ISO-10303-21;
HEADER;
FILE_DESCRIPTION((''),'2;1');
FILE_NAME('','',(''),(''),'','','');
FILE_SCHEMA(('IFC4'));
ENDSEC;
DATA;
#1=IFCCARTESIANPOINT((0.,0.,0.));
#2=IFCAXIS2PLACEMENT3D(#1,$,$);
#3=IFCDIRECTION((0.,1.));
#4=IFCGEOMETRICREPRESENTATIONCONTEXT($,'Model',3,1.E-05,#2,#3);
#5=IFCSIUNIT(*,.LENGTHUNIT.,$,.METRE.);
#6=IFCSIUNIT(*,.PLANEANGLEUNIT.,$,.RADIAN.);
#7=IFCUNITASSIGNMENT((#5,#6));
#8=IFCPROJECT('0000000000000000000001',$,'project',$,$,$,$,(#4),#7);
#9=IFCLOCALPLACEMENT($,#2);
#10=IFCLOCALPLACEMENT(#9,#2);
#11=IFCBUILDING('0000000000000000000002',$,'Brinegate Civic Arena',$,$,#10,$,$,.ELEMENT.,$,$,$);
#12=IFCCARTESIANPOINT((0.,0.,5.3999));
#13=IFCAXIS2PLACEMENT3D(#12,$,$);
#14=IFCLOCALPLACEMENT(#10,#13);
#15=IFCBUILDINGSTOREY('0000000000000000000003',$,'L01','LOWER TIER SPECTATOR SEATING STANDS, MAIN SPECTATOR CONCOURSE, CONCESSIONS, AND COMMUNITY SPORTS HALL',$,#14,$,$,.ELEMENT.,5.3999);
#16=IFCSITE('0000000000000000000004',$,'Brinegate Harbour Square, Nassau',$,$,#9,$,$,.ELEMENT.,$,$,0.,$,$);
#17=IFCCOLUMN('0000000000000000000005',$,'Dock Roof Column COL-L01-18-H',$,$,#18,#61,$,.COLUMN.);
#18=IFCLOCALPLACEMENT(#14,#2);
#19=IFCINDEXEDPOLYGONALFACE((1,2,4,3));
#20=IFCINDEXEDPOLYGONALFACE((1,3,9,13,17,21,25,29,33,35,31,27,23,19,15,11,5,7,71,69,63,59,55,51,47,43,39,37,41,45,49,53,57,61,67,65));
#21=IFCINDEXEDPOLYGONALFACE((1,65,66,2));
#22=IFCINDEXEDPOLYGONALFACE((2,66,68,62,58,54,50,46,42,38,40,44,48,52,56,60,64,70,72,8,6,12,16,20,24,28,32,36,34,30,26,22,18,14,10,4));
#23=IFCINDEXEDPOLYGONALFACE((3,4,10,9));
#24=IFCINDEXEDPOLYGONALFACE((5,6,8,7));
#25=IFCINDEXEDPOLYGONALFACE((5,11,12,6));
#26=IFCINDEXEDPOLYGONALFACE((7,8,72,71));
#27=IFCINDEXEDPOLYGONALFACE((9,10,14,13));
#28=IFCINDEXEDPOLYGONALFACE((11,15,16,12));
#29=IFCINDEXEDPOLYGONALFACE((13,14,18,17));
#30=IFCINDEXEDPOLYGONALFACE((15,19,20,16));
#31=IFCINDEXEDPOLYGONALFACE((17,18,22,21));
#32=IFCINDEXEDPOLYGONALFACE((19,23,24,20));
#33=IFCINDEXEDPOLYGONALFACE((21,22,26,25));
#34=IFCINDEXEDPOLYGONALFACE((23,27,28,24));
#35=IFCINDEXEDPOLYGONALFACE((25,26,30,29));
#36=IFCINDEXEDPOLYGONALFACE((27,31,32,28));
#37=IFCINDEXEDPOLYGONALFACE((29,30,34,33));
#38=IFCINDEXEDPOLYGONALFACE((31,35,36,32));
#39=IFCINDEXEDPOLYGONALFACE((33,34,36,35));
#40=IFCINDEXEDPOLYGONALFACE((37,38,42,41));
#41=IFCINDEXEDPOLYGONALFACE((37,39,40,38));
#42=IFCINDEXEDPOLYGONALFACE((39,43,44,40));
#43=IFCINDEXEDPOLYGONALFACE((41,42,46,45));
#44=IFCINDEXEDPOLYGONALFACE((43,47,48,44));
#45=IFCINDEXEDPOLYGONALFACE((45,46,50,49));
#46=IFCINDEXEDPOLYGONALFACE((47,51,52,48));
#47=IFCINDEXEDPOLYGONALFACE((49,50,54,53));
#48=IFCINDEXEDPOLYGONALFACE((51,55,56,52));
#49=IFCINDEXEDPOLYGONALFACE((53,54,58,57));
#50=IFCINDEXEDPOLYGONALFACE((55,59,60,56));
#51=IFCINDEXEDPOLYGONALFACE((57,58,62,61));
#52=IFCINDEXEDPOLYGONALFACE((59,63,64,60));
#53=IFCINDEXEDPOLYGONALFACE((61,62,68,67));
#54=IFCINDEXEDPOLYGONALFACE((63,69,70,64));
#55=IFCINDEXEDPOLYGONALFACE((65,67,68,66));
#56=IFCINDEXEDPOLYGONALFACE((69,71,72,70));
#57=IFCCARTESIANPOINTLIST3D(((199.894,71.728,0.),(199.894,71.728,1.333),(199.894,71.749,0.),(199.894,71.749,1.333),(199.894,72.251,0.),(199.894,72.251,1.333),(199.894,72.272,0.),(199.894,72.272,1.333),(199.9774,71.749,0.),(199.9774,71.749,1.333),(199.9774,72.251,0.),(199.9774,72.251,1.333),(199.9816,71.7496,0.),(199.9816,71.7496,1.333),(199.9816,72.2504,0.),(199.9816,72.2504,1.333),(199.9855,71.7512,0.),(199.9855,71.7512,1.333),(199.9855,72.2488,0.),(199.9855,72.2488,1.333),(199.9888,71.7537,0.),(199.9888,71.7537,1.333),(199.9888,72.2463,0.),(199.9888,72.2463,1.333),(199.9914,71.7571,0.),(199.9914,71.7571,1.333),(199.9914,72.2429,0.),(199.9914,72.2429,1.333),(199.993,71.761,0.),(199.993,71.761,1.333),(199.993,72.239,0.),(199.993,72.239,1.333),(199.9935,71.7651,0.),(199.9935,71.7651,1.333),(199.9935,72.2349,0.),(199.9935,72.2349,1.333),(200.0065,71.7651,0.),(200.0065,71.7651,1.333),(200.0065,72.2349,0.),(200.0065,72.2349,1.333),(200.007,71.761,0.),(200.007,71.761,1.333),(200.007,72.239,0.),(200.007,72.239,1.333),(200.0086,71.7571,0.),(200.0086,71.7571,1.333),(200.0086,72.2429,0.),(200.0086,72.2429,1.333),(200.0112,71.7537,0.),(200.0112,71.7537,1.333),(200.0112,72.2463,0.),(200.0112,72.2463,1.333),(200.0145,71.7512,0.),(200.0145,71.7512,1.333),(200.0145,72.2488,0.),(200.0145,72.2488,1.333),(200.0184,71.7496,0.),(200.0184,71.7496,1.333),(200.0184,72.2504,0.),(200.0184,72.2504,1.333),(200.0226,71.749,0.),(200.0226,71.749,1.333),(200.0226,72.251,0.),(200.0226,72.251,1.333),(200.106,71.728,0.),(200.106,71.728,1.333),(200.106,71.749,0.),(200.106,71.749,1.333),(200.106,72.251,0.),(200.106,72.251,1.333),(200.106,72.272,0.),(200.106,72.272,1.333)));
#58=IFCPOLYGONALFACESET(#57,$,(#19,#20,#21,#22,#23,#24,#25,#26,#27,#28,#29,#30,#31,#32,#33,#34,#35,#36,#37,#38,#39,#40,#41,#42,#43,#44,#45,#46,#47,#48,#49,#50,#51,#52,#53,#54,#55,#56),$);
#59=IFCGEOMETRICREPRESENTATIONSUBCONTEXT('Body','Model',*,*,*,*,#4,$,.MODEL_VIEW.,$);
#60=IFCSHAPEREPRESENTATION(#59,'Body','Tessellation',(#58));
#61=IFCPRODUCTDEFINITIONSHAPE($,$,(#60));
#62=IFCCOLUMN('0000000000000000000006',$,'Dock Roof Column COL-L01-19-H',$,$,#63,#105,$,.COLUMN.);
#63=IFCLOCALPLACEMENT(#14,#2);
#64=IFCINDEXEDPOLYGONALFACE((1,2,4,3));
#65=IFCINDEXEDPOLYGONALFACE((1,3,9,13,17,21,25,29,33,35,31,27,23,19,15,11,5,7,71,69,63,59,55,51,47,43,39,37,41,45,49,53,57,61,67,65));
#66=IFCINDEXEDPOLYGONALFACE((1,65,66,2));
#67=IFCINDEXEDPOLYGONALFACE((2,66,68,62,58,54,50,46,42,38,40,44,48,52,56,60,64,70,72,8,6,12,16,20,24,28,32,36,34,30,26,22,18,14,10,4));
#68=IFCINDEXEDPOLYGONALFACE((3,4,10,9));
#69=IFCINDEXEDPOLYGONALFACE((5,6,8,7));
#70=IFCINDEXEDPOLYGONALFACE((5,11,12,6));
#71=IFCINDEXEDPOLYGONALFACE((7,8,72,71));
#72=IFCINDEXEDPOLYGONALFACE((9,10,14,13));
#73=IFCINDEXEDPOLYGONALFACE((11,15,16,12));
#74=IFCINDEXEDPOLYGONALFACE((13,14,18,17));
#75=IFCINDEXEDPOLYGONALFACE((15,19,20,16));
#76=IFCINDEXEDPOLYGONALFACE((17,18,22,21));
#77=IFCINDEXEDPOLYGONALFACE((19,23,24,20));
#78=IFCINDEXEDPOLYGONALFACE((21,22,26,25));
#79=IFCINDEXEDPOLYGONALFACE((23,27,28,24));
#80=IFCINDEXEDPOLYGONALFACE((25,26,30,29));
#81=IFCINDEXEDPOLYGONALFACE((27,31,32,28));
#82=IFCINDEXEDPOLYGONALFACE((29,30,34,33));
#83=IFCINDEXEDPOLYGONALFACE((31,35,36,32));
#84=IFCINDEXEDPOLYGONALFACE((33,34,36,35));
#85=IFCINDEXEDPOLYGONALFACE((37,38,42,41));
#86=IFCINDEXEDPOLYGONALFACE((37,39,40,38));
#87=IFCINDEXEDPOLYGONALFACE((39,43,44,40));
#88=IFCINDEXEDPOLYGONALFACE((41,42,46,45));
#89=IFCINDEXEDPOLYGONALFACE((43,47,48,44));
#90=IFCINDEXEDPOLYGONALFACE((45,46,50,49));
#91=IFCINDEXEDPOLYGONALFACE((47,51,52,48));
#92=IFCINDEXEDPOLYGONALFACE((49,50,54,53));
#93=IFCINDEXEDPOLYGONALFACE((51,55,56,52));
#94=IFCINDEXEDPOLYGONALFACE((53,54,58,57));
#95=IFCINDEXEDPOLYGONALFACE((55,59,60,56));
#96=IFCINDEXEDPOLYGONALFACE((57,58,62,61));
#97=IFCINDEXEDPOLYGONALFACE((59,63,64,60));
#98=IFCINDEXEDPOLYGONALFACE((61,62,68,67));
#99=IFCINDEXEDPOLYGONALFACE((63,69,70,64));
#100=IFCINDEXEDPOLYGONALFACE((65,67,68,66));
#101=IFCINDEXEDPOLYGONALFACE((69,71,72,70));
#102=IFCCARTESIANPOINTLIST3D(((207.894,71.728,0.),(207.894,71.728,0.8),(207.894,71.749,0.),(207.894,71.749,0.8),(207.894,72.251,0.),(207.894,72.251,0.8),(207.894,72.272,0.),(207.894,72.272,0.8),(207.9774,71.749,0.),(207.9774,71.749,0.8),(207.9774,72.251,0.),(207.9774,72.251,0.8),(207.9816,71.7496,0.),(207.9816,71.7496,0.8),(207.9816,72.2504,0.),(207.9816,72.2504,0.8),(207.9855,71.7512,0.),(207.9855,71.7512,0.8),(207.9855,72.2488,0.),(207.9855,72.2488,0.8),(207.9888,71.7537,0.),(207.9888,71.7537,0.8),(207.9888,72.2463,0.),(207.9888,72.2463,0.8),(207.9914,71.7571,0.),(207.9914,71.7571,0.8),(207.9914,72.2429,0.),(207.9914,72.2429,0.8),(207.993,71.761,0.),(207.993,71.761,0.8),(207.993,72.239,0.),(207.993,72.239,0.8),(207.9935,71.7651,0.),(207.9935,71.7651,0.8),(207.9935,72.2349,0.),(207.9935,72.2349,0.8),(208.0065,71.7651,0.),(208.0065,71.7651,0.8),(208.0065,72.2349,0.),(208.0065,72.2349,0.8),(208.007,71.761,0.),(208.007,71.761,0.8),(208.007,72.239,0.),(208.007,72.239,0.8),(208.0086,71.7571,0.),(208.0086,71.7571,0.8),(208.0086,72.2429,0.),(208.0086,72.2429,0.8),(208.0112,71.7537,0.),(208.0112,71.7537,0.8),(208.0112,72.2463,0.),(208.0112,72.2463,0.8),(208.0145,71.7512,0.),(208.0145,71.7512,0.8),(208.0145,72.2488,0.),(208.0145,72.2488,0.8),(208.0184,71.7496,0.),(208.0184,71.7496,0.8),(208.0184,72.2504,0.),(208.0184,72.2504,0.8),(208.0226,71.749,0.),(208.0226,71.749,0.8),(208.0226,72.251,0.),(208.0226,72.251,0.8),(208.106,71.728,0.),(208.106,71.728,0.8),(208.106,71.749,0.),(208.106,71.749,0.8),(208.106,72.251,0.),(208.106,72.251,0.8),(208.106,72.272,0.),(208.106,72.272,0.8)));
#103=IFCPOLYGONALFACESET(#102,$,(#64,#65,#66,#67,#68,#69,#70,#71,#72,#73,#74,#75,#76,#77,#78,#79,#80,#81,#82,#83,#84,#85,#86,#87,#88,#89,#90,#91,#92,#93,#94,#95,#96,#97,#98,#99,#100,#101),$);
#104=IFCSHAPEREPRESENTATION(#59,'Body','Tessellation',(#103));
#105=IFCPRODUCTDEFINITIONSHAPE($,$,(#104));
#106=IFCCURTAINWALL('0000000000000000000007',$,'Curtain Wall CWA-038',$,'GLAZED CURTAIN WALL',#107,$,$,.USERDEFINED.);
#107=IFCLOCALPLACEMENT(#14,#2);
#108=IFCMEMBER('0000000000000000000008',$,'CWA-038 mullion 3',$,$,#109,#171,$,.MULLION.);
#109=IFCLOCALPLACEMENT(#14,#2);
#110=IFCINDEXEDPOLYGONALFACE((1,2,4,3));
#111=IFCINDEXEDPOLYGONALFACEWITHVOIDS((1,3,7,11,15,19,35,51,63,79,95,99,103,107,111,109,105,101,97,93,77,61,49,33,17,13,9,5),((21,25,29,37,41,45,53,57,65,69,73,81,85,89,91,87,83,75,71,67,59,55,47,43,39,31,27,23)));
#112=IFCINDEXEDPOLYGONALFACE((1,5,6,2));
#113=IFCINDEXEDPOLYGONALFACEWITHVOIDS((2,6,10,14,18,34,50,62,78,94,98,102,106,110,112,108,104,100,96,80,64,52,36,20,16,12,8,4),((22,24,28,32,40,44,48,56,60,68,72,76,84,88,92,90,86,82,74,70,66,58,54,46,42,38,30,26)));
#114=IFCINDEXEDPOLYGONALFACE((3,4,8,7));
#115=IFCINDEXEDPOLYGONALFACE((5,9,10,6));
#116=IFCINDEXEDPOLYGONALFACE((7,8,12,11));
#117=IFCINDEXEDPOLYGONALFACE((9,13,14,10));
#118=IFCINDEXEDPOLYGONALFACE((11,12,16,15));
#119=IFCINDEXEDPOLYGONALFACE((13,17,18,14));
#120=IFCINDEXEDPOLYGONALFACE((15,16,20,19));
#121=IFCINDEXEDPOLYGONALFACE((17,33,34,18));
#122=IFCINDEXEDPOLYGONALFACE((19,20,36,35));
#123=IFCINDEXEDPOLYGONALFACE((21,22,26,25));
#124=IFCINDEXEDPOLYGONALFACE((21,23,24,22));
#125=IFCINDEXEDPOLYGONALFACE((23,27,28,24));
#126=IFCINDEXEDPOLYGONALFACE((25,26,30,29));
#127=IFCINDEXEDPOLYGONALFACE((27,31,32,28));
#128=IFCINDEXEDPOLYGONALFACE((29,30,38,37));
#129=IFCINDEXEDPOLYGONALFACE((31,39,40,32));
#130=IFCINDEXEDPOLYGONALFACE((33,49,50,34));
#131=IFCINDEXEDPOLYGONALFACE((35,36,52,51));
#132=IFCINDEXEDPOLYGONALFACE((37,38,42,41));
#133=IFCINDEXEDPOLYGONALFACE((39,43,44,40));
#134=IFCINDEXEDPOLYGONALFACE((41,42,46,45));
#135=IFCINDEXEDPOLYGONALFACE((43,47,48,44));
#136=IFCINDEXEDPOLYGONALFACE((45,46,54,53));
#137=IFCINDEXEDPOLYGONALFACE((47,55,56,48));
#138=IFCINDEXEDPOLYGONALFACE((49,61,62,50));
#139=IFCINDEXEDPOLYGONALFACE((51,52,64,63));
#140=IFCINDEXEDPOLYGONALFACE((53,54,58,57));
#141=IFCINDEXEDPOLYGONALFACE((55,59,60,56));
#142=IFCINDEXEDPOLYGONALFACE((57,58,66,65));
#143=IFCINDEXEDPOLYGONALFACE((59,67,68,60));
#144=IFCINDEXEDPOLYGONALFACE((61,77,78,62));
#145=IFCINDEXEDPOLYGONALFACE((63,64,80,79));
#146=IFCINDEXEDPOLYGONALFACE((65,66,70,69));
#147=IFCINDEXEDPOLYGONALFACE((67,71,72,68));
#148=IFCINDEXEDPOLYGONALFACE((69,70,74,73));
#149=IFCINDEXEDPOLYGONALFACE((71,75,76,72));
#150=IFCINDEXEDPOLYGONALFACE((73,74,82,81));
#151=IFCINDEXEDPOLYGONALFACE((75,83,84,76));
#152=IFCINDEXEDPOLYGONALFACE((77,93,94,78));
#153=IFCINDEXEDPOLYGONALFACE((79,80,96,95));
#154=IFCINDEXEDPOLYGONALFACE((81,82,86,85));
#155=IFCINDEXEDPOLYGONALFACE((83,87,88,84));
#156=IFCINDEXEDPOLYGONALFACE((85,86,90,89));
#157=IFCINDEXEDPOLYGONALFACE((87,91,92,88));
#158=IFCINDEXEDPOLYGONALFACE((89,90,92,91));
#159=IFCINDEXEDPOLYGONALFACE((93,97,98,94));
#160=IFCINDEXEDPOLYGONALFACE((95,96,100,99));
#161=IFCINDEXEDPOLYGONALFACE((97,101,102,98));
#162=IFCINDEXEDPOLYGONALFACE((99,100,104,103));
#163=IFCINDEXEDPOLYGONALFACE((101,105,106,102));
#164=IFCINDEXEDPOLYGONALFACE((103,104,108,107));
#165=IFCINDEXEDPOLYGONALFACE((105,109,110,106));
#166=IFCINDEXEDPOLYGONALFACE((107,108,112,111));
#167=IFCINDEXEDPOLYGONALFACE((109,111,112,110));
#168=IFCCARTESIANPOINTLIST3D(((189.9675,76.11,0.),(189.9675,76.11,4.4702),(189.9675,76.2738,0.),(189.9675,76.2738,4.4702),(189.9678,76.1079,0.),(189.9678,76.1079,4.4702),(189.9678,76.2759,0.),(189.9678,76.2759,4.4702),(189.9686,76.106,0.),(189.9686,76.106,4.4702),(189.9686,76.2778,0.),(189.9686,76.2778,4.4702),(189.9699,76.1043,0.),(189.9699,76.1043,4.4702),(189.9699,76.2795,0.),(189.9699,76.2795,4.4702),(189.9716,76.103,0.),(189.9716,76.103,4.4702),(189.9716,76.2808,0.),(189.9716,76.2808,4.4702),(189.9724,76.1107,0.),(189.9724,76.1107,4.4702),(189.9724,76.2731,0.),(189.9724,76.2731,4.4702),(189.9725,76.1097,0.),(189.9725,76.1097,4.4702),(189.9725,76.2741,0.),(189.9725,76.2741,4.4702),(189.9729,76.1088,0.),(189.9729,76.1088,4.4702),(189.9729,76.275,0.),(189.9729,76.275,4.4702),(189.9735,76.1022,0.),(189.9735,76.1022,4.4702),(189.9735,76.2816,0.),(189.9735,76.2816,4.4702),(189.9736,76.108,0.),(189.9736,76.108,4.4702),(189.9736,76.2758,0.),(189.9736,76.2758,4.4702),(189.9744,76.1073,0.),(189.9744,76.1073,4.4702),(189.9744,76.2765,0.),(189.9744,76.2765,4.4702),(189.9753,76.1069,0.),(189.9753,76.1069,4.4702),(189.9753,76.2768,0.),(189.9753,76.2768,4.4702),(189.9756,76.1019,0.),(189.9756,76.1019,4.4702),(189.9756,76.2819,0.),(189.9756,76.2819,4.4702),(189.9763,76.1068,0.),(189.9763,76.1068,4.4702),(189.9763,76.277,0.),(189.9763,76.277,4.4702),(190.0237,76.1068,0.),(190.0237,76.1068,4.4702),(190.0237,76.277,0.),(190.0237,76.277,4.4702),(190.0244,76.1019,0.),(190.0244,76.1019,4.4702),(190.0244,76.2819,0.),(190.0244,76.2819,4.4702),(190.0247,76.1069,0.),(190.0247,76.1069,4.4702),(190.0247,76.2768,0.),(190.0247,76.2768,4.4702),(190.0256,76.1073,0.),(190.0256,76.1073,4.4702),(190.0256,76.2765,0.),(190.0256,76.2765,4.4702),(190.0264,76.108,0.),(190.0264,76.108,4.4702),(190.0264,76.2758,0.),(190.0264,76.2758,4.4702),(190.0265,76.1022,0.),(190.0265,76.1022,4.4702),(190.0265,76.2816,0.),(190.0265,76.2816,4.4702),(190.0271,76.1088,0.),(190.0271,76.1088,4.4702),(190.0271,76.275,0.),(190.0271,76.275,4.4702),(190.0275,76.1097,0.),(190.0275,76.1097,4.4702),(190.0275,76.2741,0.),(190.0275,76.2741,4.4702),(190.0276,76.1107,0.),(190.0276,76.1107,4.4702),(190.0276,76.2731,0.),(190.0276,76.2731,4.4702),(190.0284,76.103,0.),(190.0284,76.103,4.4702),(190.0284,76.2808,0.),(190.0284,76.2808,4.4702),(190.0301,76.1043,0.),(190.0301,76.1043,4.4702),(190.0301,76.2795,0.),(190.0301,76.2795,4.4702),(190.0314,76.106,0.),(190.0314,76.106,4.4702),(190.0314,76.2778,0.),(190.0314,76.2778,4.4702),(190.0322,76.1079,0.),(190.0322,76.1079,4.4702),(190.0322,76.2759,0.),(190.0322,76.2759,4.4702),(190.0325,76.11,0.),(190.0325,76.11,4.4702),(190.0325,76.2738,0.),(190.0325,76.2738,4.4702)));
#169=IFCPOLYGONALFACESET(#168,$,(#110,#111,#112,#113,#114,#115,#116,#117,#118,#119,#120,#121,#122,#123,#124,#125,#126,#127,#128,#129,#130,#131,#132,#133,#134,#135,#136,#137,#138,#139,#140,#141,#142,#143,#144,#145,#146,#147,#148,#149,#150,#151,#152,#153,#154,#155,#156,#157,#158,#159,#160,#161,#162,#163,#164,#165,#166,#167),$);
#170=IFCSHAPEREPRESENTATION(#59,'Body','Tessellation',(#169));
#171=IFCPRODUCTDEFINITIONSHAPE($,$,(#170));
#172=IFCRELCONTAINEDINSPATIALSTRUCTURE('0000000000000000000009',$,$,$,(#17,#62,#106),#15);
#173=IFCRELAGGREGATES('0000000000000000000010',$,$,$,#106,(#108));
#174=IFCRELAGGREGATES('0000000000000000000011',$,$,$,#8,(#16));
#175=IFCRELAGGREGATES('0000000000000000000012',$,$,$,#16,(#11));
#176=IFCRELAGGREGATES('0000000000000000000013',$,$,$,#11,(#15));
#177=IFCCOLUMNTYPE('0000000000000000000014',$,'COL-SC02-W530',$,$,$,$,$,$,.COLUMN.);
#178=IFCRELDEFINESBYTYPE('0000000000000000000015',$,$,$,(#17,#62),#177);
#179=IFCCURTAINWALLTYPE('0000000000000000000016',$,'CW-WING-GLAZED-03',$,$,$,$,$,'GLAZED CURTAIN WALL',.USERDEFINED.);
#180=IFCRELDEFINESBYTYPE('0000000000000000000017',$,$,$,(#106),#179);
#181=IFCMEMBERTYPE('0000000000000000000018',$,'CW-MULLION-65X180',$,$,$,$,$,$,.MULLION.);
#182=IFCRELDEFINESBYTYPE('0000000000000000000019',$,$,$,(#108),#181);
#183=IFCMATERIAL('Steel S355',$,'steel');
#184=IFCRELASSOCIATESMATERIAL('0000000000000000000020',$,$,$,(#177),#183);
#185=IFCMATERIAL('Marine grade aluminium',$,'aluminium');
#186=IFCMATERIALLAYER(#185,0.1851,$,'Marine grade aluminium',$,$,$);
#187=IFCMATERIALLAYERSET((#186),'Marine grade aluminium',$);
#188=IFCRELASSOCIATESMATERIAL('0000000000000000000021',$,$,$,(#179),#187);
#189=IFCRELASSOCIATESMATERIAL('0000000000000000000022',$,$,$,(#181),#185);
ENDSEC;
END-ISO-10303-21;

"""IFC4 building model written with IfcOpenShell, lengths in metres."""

from ifc_helpers import new_model, si_unit, direction, frame, origin, origin_2d, place, context, subcontext, project, spatial, hollow_rectangle, i_section, extrude, material, layer, layer_set, material_profile, profile_set, type_object, element, aggregate, save


model = new_model("IFC4")

# Units and contexts
model_context = context("Model", 3, precision=1e-05, world=origin(), true_north=direction((0.0, 1.0)))
body_context = subcontext(model_context, "Body", "Model", "MODEL_VIEW")
ifc_project = project(units=[si_unit("LENGTHUNIT", "METRE"), si_unit("PLANEANGLEUNIT", "RADIAN")], contexts=[model_context])

# Site, building, storey
site_placement = place(None, origin())
site = spatial("IfcSite", under=ifc_project, at=site_placement, Name="Brinegate Harbour Square, Nassau", CompositionType="ELEMENT", RefElevation=0.0)
building_placement = place(site_placement, origin())
building = spatial("IfcBuilding", under=site, at=building_placement, Name="Brinegate Civic Arena", CompositionType="ELEMENT")
storey_placement = place(building_placement, frame((0.0, 0.0, 5.3999)))
storey = spatial("IfcBuildingStorey", under=building, at=storey_placement, Name="L01", Description="LOWER TIER SPECTATOR SEATING STANDS, MAIN SPECTATOR CONCOURSE, CONCESSIONS, AND COMMUNITY SPORTS HALL", CompositionType="ELEMENT", Elevation=5.3999)

# Columns
ifc_material_1 = material(Name="Steel S355", Category="steel")
ifc_material_profile_1 = material_profile(ifc_material_1, i_section(OverallWidth=0.2119, OverallDepth=0.5439, WebThickness=0.0129, FlangeThickness=0.021, FilletRadius=0.0161, at=origin_2d()), Name="W530X123")
ifc_profile_set_1 = profile_set([ifc_material_profile_1], Name="Steel S355")
column_type = type_object("IfcColumnType", Name="COL-SC02-W530", PredefinedType="COLUMN", material=ifc_profile_set_1)
column_1_placement = place(storey_placement, frame((200.0, 72.0, 0.0), z_axis=(0.0, 0.0, 1.0), x_axis=(1.0, 0.0, 0.0)))
element("IfcColumn", 1, at=column_1_placement, inside=storey, type_object=column_type, Name="Dock Roof Column COL-L01-18-H", PredefinedType="COLUMN", context=body_context, shape_type="SweptSolid", body=[
    extrude(i_section(OverallWidth=0.2119, OverallDepth=0.5439, WebThickness=0.0129, FlangeThickness=0.021, FilletRadius=0.0161, at=origin_2d()), origin(), (0.0, 0.0, 1.0), 1.333),
])
column_2_placement = place(storey_placement, frame((208.0, 72.0, 0.0), z_axis=(0.0, 0.0, 1.0), x_axis=(1.0, 0.0, 0.0)))
element("IfcColumn", 2, at=column_2_placement, inside=storey, type_object=column_type, Name="Dock Roof Column COL-L01-19-H", PredefinedType="COLUMN", context=body_context, shape_type="SweptSolid", body=[
    extrude(i_section(OverallWidth=0.2119, OverallDepth=0.5439, WebThickness=0.0129, FlangeThickness=0.021, FilletRadius=0.0161, at=origin_2d()), origin(), (0.0, 0.0, 1.0), 0.8),
])

# Curtain wall, member
ifc_material_2 = material(Name="Marine grade aluminium", Category="aluminium")
ifc_layer_1 = layer(ifc_material_2, 0.1851, Name="Marine grade aluminium")
ifc_layer_set_1 = layer_set([ifc_layer_1], Name="Marine grade aluminium")
curtain_wall_type = type_object("IfcCurtainWallType", Name="CW-WING-GLAZED-03", ElementType="GLAZED CURTAIN WALL", PredefinedType="USERDEFINED", material=ifc_layer_set_1)
curtain_wall_placement = place(storey_placement, origin())
curtain_wall = element("IfcCurtainWall", 3, at=curtain_wall_placement, inside=storey, type_object=curtain_wall_type, Name="Curtain Wall CWA-038", ObjectType="GLAZED CURTAIN WALL", PredefinedType="USERDEFINED")
ifc_material_profile_2 = material_profile(ifc_material_2, hollow_rectangle(XDim=0.0649, YDim=0.1799, WallThickness=0.0049, InnerFilletRadius=0.0039, OuterFilletRadius=0.0081, at=origin_2d()), Name="MUL65X180")
ifc_profile_set_2 = profile_set([ifc_material_profile_2], Name="Marine grade aluminium")
member_type_1 = type_object("IfcMemberType", Name="CW-MULLION-65X180", PredefinedType="MULLION", material=ifc_profile_set_2)
member_1_placement = place(storey_placement, frame((190.0, 76.1919, 0.0), z_axis=(0.0, 0.0, 1.0), x_axis=(-1.0, 0.0, 0.0)))
member_1 = element("IfcMember", 4, at=member_1_placement, type_object=member_type_1, Name="CWA-038 mullion 3", PredefinedType="MULLION", context=body_context, shape_type="SweptSolid", body=[
    extrude(hollow_rectangle(XDim=0.0649, YDim=0.1799, WallThickness=0.0049, InnerFilletRadius=0.0039, OuterFilletRadius=0.0081, at=origin_2d()), origin(), (0.0, 0.0, 1.0), 4.4702),
])

aggregate(curtain_wall, [member_1])

save(model, "model.ifc")
